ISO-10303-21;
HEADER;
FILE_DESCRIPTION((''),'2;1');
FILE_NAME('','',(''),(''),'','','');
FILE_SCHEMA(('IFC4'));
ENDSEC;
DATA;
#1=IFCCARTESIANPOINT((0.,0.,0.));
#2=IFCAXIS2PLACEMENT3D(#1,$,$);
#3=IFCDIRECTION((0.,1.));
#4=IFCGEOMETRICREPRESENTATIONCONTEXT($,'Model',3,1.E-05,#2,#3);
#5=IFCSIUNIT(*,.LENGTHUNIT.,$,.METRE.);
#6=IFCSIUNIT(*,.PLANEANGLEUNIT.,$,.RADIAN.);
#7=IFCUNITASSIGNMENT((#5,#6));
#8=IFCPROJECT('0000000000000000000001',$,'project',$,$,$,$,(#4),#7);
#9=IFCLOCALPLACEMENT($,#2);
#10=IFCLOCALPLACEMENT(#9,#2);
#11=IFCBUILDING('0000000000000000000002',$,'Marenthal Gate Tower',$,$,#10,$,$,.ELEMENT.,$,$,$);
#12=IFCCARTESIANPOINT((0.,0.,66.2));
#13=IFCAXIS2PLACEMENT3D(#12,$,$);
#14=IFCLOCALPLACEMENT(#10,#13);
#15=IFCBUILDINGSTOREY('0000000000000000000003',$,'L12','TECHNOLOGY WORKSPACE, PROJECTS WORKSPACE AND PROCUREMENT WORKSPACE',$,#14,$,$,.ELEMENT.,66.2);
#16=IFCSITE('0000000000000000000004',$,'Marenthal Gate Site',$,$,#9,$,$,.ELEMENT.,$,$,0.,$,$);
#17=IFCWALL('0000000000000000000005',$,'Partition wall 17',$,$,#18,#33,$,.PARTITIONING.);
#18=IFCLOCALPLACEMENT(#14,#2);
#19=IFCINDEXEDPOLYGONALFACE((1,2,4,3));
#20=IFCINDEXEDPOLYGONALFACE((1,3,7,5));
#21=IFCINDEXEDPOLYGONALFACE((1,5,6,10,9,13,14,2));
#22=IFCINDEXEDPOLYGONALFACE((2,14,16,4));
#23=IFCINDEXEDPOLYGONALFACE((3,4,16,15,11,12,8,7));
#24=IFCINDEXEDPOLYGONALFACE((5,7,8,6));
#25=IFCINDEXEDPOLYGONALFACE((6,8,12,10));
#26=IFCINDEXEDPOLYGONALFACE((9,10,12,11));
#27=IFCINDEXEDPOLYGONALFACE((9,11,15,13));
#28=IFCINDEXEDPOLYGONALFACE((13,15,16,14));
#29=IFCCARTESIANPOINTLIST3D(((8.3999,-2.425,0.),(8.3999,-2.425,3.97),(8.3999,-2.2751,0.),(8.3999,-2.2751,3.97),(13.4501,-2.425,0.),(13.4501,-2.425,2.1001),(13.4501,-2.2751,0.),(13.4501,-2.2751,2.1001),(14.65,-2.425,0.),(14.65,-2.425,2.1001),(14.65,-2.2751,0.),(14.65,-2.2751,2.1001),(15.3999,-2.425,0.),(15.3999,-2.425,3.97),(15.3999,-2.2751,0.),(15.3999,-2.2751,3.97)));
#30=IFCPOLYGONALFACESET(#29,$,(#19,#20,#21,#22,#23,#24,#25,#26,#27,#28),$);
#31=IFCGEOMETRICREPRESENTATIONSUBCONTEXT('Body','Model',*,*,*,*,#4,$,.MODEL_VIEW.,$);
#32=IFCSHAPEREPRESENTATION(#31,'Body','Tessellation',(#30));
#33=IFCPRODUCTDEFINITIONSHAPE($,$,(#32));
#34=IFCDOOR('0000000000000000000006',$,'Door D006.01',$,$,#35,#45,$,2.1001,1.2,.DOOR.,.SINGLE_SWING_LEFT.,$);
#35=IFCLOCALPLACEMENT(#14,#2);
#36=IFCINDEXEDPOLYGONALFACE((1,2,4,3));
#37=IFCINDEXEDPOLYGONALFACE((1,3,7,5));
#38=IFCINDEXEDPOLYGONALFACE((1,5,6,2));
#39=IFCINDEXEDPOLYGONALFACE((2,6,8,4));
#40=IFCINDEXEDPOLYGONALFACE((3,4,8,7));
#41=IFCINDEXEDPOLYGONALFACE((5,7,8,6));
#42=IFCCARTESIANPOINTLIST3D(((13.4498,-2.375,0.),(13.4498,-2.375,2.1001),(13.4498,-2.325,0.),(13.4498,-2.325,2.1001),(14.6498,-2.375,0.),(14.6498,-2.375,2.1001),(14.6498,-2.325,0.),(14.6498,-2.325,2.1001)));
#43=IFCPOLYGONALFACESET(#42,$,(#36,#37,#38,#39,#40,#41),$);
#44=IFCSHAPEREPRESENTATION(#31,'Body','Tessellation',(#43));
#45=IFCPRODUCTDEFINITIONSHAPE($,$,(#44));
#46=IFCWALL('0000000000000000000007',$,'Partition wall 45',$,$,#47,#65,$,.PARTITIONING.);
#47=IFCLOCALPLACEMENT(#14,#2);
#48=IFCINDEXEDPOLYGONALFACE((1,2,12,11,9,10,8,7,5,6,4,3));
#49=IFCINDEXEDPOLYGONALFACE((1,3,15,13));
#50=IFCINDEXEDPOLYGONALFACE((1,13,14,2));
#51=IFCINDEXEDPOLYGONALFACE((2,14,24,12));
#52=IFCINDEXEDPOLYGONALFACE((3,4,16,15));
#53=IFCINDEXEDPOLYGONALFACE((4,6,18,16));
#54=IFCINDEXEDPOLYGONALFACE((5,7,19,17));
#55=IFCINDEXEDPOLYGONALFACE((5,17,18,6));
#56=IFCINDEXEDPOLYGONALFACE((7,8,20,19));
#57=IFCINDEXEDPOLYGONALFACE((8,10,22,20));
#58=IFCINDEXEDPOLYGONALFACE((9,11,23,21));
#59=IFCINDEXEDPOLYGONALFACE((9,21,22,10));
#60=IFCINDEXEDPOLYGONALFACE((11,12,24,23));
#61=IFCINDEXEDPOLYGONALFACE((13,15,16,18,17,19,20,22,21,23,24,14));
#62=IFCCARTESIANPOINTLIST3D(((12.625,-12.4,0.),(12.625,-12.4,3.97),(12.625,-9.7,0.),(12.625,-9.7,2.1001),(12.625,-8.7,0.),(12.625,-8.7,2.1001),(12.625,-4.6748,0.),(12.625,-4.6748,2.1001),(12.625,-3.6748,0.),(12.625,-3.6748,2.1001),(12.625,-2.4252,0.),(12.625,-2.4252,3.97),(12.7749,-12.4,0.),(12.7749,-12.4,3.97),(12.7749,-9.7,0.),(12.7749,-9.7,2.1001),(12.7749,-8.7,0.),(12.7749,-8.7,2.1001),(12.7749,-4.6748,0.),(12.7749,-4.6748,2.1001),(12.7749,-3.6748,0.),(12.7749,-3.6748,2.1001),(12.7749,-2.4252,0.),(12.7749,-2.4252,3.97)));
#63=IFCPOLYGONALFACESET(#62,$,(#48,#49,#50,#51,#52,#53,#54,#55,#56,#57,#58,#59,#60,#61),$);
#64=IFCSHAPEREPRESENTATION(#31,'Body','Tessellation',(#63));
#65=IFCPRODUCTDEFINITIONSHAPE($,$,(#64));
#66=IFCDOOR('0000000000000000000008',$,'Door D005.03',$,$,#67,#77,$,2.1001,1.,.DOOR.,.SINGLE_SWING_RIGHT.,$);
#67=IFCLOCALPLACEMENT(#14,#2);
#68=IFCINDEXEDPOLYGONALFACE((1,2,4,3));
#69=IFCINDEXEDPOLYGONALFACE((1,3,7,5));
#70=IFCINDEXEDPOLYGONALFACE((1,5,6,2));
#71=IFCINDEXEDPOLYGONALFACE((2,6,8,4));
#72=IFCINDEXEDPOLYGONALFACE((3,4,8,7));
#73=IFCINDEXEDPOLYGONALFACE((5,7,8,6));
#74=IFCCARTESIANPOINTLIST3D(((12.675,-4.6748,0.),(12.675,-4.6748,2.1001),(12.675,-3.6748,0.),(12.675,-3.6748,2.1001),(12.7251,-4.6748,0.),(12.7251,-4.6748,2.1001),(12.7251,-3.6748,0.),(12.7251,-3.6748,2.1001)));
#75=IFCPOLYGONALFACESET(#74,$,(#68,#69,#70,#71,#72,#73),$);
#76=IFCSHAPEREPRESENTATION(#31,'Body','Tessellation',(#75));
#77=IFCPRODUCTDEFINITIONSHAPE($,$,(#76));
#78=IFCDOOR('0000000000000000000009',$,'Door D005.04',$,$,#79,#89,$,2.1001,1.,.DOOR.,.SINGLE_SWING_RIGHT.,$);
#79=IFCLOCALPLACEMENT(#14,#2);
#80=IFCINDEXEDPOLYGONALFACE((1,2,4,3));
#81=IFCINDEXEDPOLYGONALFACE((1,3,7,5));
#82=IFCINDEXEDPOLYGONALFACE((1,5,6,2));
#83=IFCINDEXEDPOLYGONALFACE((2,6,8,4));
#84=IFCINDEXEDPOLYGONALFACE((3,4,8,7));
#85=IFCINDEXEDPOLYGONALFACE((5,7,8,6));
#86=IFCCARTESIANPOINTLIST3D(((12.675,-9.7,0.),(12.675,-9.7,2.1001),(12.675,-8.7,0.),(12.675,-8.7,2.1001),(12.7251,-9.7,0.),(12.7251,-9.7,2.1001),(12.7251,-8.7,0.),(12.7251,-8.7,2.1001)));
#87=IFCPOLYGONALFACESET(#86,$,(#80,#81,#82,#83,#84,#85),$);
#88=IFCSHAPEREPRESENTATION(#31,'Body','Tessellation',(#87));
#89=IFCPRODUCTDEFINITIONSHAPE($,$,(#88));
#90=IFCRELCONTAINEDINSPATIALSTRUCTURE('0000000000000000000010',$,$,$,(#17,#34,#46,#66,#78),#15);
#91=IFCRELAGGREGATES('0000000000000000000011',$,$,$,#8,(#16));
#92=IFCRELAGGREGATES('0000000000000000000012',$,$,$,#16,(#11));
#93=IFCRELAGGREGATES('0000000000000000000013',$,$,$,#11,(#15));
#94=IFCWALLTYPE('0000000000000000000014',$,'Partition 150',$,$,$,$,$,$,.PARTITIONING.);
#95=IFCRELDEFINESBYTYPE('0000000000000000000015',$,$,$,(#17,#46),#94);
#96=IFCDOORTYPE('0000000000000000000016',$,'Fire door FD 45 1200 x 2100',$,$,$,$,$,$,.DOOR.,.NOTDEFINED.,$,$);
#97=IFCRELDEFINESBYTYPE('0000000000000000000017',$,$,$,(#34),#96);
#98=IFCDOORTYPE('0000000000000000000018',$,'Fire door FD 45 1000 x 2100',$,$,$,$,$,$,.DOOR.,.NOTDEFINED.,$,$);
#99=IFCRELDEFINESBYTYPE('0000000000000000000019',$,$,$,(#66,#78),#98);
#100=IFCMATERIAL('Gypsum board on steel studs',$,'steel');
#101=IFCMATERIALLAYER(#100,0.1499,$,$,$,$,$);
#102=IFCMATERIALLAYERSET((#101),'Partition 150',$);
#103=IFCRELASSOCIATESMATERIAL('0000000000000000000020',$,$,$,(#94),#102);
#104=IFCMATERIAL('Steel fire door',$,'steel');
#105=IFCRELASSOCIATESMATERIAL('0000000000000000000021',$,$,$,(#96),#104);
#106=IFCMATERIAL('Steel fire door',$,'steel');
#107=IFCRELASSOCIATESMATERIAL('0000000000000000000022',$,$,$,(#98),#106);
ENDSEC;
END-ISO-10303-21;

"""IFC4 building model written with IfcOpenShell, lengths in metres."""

from ifc_helpers import new_model, si_unit, direction, frame, frame_2d, origin, place, context, subcontext, project, spatial, rectangle, extrude, material, layer, layer_set, type_object, element, fill, save


model = new_model("IFC4")

# Units and contexts
model_context = context("Model", 3, precision=1e-05, world=origin(), true_north=direction((0.0, 1.0)))
body_context = subcontext(model_context, "Body", "Model", "MODEL_VIEW")
ifc_project = project(units=[si_unit("LENGTHUNIT", "METRE"), si_unit("PLANEANGLEUNIT", "RADIAN")], contexts=[model_context])

# Site, building, storey
site_placement = place(None, origin())
site = spatial("IfcSite", under=ifc_project, at=site_placement, Name="Marenthal Gate Site", CompositionType="ELEMENT", RefElevation=0.0)
building_placement = place(site_placement, origin())
building = spatial("IfcBuilding", under=site, at=building_placement, Name="Marenthal Gate Tower", CompositionType="ELEMENT")
storey_placement = place(building_placement, frame((0.0, 0.0, 66.2)))
storey = spatial("IfcBuildingStorey", under=building, at=storey_placement, Name="L12", Description="TECHNOLOGY WORKSPACE, PROJECTS WORKSPACE AND PROCUREMENT WORKSPACE", CompositionType="ELEMENT", Elevation=66.2)

# Shared definitions
ifc_material_1 = material(Name="Gypsum board on steel studs", Category="steel")
ifc_layer_1 = layer(ifc_material_1, 0.1499)
ifc_layer_set_1 = layer_set([ifc_layer_1], Name="Partition 150")
wall_type_1 = type_object("IfcWallType", Name="Partition 150", PredefinedType="PARTITIONING", material=ifc_layer_set_1)

# Wall, opening, door
wall_1_placement = place(storey_placement, frame((8.3999, -2.3501, 0.0), z_axis=(0.0, 0.0, 1.0), x_axis=(1.0, 0.0, 0.0)))
wall_1 = element("IfcWall", 1, at=wall_1_placement, inside=storey, type_object=wall_type_1, Name="Partition wall 17", PredefinedType="PARTITIONING", context=body_context, shape_type="SweptSolid", body=[
    extrude(rectangle(XDim=7.0, YDim=0.1499, at=frame_2d((3.5, 0.0))), origin(), (0.0, 0.0, 1.0), 3.97),
])
opening_1_placement = place(wall_1_placement, frame((5.05, 0.0, 0.0)))
opening_1 = element("IfcOpeningElement", 2, at=opening_1_placement, cuts=wall_1, PredefinedType="OPENING", context=body_context, shape_type="SweptSolid", body=[
    extrude(rectangle(XDim=1.2, YDim=2.1001, at=frame_2d((0.6001, 1.05))), frame((0.0, 0.085, 0.0), z_axis=(0.0, -1.0, 0.0), x_axis=(1.0, 0.0, 0.0)), (0.0, 0.0, 1.0), 0.1699),
])
ifc_material_2 = material(Name="Steel fire door", Category="steel")
door_type_1 = type_object("IfcDoorType", Name="Fire door FD 45 1200 x 2100", OperationType="NOTDEFINED", PredefinedType="DOOR", material=ifc_material_2)
door_1_placement = place(opening_1_placement, frame((1.2, 0.0, 0.0), z_axis=(0.0, 0.0, 1.0), x_axis=(-1.0, 0.0, 0.0)))
door_1 = element("IfcDoor", 3, at=door_1_placement, inside=storey, type_object=door_type_1, Name="Door D006.01", OperationType="SINGLE_SWING_LEFT", OverallHeight=2.1001, OverallWidth=1.2, PredefinedType="DOOR", context=body_context, shape_type="SweptSolid", body=[
    extrude(rectangle(XDim=1.2, YDim=2.1001, at=frame_2d((0.6001, 1.05))), frame((0.0, 0.0249, 0.0), z_axis=(0.0, -1.0, 0.0), x_axis=(1.0, 0.0, 0.0)), (0.0, 0.0, 1.0), 0.05),
])
fill(opening_1, door_1)

# Wall, openings, doors
wall_2_placement = place(storey_placement, frame((12.7, -12.3999, 0.0), z_axis=(0.0, 0.0, 1.0), x_axis=(0.0, 1.0, 0.0)))
wall_2 = element("IfcWall", 4, at=wall_2_placement, inside=storey, type_object=wall_type_1, Name="Partition wall 45", PredefinedType="PARTITIONING", context=body_context, shape_type="SweptSolid", body=[
    extrude(rectangle(XDim=9.9749, YDim=0.1499, at=frame_2d((4.9873, 0.0))), origin(), (0.0, 0.0, 1.0), 3.97),
])
opening_2_placement = place(wall_2_placement, frame((7.7251, 0.0, 0.0)))
opening_2 = element("IfcOpeningElement", 5, at=opening_2_placement, cuts=wall_2, PredefinedType="OPENING", context=body_context, shape_type="SweptSolid", body=[
    extrude(rectangle(XDim=1.0, YDim=2.1001, at=frame_2d((0.5, 1.05))), frame((0.0, 0.085, 0.0), z_axis=(0.0, -1.0, 0.0), x_axis=(1.0, 0.0, 0.0)), (0.0, 0.0, 1.0), 0.1699),
])
opening_3_placement = place(wall_2_placement, frame((2.7, 0.0, 0.0)))
opening_3 = element("IfcOpeningElement", 6, at=opening_3_placement, cuts=wall_2, PredefinedType="OPENING", context=body_context, shape_type="SweptSolid", body=[
    extrude(rectangle(XDim=1.0, YDim=2.1001, at=frame_2d((0.5, 1.05))), frame((0.0, 0.085, 0.0), z_axis=(0.0, -1.0, 0.0), x_axis=(1.0, 0.0, 0.0)), (0.0, 0.0, 1.0), 0.1699),
])
ifc_material_3 = material(Name="Steel fire door", Category="steel")
door_type_2 = type_object("IfcDoorType", Name="Fire door FD 45 1000 x 2100", OperationType="NOTDEFINED", PredefinedType="DOOR", material=ifc_material_3)
door_2_placement = place(opening_2_placement, origin())
door_2 = element("IfcDoor", 7, at=door_2_placement, inside=storey, type_object=door_type_2, Name="Door D005.03", OperationType="SINGLE_SWING_RIGHT", OverallHeight=2.1001, OverallWidth=1.0, PredefinedType="DOOR", context=body_context, shape_type="SweptSolid", body=[
    extrude(rectangle(XDim=1.0, YDim=2.1001, at=frame_2d((0.5, 1.05))), frame((0.0, 0.0249, 0.0), z_axis=(0.0, -1.0, 0.0), x_axis=(1.0, 0.0, 0.0)), (0.0, 0.0, 1.0), 0.05),
])
fill(opening_2, door_2)
door_3_placement = place(opening_3_placement, origin())
door_3 = element("IfcDoor", 8, at=door_3_placement, inside=storey, type_object=door_type_2, Name="Door D005.04", OperationType="SINGLE_SWING_RIGHT", OverallHeight=2.1001, OverallWidth=1.0, PredefinedType="DOOR", context=body_context, shape_type="SweptSolid", body=[
    extrude(rectangle(XDim=1.0, YDim=2.1001, at=frame_2d((0.5, 1.05))), frame((0.0, 0.0249, 0.0), z_axis=(0.0, -1.0, 0.0), x_axis=(1.0, 0.0, 0.0)), (0.0, 0.0, 1.0), 0.05),
])
fill(opening_3, door_3)

save(model, "model.ifc")
